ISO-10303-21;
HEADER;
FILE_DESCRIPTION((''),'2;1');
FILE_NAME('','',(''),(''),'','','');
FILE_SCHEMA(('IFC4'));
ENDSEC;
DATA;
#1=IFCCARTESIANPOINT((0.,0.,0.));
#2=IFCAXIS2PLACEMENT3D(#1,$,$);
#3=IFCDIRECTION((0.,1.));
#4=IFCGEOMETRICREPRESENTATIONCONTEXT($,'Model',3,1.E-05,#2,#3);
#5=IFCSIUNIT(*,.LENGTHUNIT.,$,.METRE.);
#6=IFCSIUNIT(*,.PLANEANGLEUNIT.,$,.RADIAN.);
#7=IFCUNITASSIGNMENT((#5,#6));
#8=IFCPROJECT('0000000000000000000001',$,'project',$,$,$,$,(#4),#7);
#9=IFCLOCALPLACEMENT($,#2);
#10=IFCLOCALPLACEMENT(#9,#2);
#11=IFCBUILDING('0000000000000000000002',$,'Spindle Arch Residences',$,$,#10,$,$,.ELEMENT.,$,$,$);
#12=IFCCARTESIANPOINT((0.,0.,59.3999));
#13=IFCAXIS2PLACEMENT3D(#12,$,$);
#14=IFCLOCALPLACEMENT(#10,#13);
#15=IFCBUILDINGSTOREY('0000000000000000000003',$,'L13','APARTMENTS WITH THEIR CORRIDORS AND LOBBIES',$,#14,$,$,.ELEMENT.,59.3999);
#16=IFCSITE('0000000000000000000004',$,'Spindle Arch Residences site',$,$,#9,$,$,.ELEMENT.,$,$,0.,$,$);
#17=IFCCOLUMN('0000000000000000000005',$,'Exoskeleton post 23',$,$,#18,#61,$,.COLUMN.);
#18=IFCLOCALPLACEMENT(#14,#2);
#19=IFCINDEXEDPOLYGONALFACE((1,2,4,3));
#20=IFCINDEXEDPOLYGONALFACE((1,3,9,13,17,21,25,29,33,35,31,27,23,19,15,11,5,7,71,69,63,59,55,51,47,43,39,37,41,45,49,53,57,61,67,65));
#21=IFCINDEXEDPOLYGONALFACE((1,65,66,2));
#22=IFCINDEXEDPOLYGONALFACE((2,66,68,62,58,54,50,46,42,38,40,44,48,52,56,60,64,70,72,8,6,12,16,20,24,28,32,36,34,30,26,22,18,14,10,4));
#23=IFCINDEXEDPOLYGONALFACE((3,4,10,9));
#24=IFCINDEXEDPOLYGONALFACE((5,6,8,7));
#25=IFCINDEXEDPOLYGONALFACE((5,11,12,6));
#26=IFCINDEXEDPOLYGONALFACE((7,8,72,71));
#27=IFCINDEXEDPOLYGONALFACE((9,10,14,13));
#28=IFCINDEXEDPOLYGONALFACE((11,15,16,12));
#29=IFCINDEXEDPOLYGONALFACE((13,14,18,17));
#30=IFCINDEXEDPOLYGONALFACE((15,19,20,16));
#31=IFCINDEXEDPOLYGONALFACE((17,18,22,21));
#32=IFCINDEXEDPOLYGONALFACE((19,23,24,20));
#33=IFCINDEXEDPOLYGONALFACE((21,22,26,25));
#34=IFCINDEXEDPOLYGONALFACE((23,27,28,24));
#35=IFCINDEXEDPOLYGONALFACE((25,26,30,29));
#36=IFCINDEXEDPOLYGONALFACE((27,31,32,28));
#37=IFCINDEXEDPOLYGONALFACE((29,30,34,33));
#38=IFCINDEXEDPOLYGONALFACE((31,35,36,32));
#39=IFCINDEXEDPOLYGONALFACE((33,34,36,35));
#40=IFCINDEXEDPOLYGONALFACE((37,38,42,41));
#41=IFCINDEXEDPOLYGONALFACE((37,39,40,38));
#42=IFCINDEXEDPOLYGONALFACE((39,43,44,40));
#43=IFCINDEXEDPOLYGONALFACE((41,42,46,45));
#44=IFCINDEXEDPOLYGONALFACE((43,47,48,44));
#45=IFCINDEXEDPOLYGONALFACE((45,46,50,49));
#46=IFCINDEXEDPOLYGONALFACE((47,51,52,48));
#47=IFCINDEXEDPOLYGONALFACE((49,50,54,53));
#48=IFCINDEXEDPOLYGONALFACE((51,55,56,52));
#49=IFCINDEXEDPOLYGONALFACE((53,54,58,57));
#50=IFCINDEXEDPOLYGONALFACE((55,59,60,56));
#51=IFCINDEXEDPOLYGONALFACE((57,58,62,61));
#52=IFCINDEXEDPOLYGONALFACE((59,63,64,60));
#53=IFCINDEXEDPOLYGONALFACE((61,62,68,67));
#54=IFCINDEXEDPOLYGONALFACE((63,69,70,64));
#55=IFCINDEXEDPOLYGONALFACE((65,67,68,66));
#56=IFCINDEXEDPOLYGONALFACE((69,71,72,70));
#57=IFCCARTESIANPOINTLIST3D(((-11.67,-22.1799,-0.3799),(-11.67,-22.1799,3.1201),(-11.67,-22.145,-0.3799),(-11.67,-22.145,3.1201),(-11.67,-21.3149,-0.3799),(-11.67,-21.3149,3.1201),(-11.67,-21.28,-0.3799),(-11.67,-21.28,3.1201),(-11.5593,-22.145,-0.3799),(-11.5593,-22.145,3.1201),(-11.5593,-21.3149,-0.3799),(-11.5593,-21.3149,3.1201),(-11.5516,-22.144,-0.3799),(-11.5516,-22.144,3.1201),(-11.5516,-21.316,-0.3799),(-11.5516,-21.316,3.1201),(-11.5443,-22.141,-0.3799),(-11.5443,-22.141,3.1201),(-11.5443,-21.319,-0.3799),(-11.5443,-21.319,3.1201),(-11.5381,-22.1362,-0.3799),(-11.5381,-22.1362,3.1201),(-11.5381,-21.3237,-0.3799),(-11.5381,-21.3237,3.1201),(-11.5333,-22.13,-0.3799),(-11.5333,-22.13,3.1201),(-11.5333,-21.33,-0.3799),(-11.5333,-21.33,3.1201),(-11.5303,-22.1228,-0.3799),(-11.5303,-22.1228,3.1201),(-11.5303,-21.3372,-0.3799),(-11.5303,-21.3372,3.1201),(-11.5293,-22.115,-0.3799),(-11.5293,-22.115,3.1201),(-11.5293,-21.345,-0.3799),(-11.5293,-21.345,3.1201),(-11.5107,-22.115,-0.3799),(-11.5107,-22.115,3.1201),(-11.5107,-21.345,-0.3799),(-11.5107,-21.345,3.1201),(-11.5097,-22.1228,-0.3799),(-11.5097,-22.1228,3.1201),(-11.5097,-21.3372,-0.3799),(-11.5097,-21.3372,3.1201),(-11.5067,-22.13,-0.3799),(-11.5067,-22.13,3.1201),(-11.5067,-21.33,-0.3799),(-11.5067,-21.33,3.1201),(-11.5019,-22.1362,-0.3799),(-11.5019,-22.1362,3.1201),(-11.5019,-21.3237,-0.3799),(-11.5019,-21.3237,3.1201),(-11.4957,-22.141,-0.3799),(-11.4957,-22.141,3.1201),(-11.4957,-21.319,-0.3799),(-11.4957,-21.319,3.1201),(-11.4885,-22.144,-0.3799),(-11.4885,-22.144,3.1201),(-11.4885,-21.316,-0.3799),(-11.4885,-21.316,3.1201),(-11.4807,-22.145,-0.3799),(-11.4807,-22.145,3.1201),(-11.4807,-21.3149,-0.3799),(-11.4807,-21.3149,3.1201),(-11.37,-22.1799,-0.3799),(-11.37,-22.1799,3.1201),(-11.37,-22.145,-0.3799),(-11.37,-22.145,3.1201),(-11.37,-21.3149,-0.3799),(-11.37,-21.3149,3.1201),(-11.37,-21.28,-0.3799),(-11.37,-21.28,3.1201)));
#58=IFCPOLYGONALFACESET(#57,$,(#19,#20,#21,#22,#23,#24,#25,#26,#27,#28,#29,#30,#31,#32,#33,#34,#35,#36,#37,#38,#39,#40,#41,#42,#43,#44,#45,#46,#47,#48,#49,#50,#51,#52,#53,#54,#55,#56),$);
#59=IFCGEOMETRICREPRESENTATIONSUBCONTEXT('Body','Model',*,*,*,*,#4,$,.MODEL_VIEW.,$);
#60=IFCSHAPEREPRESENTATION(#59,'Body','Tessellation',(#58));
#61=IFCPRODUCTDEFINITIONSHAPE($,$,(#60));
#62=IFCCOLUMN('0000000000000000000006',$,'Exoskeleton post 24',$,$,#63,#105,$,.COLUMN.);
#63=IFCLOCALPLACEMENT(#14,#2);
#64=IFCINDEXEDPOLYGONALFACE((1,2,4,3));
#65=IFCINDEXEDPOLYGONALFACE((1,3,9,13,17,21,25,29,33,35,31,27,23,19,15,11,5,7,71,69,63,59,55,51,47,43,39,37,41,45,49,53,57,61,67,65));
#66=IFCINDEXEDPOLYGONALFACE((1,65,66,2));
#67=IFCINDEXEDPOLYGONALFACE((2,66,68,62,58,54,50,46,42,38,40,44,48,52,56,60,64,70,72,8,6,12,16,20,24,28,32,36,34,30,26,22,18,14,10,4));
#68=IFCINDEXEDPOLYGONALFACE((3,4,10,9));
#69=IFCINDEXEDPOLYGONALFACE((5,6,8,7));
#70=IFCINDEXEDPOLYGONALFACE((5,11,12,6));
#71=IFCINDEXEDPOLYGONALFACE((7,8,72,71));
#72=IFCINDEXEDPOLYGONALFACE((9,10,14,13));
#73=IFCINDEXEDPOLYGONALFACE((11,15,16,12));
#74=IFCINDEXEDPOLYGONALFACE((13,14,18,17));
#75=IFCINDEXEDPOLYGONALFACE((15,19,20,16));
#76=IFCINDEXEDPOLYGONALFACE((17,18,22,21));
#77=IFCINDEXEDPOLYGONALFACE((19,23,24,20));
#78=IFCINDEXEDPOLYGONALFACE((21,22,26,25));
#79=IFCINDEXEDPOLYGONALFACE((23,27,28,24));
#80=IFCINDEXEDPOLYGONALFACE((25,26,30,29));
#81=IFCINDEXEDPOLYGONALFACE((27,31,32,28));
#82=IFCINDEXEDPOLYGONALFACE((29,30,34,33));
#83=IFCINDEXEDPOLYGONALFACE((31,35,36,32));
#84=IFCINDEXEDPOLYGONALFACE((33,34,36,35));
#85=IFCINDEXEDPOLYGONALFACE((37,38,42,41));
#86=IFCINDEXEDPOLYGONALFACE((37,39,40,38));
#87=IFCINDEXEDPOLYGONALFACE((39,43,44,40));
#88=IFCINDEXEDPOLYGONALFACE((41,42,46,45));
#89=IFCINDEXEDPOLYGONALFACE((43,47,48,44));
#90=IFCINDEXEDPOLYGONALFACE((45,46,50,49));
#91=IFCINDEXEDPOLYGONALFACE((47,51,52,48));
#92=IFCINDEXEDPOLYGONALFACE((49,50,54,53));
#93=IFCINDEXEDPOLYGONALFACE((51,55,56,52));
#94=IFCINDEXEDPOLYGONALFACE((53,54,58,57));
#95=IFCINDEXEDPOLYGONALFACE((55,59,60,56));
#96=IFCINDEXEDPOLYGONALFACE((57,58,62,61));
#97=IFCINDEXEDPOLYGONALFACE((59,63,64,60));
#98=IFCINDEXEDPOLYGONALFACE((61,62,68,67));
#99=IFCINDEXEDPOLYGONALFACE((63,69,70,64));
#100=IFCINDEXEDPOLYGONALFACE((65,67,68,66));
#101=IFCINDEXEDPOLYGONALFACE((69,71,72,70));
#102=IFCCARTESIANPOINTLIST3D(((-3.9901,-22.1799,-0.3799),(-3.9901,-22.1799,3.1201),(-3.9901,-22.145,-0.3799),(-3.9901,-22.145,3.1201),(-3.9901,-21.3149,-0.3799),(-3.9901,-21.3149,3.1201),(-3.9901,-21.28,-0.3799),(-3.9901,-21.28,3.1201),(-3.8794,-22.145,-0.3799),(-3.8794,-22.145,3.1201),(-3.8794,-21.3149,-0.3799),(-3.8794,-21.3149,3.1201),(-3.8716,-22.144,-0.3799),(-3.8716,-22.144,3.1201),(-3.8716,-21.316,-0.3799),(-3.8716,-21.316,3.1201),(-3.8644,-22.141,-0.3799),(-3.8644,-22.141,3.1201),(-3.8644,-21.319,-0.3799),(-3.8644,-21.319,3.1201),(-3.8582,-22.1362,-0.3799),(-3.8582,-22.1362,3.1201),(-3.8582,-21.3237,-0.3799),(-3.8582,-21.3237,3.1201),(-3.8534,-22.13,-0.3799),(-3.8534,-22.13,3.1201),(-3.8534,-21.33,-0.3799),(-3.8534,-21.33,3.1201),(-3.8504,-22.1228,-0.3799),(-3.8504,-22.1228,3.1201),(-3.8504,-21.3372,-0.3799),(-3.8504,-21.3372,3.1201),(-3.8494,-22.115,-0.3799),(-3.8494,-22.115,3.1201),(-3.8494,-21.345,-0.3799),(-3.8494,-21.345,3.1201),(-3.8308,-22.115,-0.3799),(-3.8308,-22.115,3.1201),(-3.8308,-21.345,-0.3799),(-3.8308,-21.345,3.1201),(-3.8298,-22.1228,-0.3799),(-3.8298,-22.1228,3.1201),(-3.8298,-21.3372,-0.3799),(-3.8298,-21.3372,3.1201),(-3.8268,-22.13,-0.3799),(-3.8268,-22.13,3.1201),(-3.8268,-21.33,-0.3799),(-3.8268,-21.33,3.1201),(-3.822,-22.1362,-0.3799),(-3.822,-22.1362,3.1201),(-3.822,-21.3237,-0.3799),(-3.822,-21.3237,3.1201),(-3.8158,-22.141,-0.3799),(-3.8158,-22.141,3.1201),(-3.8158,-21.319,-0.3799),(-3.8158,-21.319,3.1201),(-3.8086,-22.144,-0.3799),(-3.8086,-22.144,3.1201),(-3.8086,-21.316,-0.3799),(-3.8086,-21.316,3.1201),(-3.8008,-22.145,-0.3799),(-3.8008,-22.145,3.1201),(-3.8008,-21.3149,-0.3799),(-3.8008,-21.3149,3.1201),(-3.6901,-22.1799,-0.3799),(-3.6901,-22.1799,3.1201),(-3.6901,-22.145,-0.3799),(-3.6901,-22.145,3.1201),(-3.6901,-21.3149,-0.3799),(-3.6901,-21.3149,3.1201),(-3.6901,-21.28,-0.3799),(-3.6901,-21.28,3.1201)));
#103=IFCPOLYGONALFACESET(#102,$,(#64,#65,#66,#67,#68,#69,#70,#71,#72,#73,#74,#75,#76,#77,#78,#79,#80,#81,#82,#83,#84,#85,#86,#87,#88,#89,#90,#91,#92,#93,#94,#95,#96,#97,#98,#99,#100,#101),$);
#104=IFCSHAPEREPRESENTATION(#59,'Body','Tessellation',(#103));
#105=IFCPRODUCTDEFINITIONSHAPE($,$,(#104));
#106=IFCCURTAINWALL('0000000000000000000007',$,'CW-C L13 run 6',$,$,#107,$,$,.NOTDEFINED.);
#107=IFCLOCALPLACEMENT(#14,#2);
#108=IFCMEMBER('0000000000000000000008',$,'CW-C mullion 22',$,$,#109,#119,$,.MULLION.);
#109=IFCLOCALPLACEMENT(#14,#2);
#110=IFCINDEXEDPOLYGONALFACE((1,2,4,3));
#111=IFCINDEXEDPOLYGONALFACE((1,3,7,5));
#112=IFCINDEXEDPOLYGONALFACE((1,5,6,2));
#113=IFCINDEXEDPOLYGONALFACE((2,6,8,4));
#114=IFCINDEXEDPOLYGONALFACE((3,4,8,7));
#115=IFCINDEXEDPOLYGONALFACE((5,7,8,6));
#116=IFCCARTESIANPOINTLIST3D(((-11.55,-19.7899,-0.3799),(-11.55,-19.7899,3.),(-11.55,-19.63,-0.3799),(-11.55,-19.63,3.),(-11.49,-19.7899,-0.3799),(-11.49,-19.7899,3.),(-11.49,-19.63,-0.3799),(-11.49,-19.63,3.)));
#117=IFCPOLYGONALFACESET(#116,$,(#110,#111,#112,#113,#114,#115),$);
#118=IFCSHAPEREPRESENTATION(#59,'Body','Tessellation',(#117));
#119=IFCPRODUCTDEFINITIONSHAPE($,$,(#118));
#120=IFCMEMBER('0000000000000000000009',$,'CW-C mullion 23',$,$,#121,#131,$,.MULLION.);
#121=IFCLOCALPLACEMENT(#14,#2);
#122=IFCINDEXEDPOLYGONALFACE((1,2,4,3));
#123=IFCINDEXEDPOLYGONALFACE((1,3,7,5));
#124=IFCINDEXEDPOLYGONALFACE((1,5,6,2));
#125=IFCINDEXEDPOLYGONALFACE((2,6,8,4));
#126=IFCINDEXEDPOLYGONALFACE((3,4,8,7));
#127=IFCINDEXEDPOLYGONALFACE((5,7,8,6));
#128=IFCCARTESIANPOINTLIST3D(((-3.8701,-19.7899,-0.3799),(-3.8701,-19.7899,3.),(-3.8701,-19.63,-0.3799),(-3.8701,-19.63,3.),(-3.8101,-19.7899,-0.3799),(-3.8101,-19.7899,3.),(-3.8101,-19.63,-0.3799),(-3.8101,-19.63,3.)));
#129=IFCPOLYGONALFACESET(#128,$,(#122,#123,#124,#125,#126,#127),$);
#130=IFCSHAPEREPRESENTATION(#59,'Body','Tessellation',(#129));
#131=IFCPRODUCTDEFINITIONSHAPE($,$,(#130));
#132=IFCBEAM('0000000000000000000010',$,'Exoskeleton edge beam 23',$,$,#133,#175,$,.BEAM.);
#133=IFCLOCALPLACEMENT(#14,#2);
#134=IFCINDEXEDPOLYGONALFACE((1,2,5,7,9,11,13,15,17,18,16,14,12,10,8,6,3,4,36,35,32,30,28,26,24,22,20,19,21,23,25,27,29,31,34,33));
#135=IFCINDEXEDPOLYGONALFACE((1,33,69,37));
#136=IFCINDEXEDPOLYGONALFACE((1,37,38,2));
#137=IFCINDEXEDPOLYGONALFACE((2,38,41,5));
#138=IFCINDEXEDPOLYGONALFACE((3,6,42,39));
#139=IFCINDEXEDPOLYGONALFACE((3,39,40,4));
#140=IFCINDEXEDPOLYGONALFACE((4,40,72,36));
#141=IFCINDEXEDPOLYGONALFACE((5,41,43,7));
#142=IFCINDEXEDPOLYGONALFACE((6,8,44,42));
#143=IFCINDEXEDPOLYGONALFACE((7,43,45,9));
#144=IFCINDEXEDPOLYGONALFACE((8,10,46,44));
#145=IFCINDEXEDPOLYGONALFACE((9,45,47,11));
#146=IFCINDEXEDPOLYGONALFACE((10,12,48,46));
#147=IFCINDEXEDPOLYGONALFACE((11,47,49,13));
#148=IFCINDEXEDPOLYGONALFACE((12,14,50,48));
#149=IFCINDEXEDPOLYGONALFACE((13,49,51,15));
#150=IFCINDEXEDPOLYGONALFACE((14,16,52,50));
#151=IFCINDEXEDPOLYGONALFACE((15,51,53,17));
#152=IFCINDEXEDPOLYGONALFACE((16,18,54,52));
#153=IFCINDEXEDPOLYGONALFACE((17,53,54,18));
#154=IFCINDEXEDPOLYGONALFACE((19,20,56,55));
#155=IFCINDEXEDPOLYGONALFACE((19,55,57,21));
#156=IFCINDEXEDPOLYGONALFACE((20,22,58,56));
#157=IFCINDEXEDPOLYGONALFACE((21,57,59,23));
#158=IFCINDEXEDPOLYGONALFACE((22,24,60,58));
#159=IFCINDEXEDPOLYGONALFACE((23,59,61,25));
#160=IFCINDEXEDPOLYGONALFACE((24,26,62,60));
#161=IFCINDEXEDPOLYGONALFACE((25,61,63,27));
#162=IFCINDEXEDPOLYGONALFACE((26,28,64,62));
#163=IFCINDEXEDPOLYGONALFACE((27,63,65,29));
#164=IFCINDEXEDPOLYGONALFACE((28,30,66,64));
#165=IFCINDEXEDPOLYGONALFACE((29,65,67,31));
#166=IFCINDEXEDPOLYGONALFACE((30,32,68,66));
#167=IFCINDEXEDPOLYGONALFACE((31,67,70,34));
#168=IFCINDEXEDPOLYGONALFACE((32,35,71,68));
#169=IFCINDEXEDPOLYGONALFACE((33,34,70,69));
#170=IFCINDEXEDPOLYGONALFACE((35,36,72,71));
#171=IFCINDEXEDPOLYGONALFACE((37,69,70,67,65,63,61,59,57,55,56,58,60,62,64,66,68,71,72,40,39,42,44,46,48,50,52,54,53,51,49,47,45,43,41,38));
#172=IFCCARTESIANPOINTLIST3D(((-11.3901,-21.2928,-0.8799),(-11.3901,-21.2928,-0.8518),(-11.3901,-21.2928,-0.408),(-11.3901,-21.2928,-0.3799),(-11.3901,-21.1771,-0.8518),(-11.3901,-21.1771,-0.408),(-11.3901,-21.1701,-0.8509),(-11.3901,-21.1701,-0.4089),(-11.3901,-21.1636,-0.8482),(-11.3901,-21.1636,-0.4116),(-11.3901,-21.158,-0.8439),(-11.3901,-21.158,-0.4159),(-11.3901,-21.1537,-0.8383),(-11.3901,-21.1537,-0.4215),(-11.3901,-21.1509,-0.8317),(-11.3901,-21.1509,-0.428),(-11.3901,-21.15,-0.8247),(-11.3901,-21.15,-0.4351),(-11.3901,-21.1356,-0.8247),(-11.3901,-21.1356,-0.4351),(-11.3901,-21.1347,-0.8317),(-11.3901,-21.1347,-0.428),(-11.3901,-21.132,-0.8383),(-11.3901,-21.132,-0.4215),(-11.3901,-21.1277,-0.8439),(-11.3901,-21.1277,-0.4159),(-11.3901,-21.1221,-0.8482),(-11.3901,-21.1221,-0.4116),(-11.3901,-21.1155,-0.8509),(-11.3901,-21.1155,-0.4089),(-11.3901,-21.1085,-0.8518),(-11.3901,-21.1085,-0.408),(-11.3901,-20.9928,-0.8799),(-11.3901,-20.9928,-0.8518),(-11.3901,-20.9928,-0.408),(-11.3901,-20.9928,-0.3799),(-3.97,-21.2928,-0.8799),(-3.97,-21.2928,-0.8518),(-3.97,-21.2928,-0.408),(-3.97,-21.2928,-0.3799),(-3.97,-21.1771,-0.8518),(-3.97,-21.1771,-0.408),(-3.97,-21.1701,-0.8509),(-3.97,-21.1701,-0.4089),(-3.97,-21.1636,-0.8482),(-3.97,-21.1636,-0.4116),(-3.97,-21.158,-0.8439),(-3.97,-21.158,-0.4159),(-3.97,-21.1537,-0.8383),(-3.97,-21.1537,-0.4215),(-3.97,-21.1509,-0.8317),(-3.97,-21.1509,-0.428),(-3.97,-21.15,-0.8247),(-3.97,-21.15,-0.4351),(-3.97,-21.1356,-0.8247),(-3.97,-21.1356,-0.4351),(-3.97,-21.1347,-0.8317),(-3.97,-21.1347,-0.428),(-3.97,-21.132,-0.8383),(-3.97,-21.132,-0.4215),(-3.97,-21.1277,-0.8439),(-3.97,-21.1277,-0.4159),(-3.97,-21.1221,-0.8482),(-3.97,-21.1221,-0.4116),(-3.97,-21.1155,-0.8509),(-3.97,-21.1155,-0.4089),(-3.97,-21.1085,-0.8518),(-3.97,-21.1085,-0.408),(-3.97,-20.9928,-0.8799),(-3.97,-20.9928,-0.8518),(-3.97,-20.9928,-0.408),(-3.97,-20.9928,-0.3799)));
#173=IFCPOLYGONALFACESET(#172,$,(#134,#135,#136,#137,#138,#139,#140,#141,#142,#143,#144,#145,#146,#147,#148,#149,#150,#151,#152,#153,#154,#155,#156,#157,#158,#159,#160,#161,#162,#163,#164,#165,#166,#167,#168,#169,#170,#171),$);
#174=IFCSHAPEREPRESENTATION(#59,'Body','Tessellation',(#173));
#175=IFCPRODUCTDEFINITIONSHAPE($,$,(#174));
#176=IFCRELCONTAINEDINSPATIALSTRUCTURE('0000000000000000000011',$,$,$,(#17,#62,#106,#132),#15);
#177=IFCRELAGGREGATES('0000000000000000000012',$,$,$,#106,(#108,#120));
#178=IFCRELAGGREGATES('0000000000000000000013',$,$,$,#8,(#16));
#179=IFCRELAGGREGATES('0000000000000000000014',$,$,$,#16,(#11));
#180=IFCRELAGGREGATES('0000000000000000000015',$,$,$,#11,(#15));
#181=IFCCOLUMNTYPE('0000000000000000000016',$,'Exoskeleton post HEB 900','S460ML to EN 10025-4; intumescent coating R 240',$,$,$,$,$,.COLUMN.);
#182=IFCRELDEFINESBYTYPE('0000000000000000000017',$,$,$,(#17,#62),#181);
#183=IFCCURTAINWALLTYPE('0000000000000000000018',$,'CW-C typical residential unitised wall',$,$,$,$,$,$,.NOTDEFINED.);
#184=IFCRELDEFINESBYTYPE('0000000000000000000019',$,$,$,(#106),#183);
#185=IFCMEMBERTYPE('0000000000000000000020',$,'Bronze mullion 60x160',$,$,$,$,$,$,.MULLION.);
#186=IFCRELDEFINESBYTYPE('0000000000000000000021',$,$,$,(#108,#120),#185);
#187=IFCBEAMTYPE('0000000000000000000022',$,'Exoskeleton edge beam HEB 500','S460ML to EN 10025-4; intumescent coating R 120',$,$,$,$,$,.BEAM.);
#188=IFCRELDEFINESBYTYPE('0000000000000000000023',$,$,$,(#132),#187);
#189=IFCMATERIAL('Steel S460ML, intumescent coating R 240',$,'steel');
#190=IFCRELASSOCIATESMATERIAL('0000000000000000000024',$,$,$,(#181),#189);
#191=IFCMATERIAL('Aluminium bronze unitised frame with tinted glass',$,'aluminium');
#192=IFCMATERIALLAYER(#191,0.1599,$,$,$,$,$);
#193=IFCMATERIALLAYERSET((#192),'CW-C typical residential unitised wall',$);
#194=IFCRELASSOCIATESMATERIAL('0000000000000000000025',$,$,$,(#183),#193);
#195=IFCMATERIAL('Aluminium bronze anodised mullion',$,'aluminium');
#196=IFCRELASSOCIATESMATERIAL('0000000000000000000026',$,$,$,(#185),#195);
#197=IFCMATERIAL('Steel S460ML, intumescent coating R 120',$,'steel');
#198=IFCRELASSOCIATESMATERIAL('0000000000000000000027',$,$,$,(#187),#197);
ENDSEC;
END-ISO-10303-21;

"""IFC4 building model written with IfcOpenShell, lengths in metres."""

from ifc_helpers import new_model, si_unit, direction, frame, origin, origin_2d, place, context, subcontext, project, spatial, rectangle, i_section, extrude, material, layer, layer_set, material_profile, profile_set, type_object, element, aggregate, save


model = new_model("IFC4")

# Units and contexts
model_context = context("Model", 3, precision=1e-05, world=origin(), true_north=direction((0.0, 1.0)))
body_context = subcontext(model_context, "Body", "Model", "MODEL_VIEW")
ifc_project = project(units=[si_unit("LENGTHUNIT", "METRE"), si_unit("PLANEANGLEUNIT", "RADIAN")], contexts=[model_context])

# Site, building, storey
site_placement = place(None, origin())
site = spatial("IfcSite", under=ifc_project, at=site_placement, Name="Spindle Arch Residences site", CompositionType="ELEMENT", RefElevation=0.0)
building_placement = place(site_placement, origin())
building = spatial("IfcBuilding", under=site, at=building_placement, Name="Spindle Arch Residences", CompositionType="ELEMENT")
storey_placement = place(building_placement, frame((0.0, 0.0, 59.3999)))
storey = spatial("IfcBuildingStorey", under=building, at=storey_placement, Name="L13", Description="APARTMENTS WITH THEIR CORRIDORS AND LOBBIES", CompositionType="ELEMENT", Elevation=59.3999)

# Columns
ifc_material_1 = material(Name="Steel S460ML, intumescent coating R 240", Category="steel")
ifc_material_profile_1 = material_profile(ifc_material_1, i_section(OverallWidth=0.3, OverallDepth=0.8999, WebThickness=0.0186, FlangeThickness=0.0349, FilletRadius=0.03, at=origin_2d()), Name="HEB 900")
ifc_profile_set_1 = profile_set([ifc_material_profile_1], Name="Steel S460ML, intumescent coating R 240")
column_type = type_object("IfcColumnType", Name="Exoskeleton post HEB 900", Description="S460ML to EN 10025-4; intumescent coating R 240", PredefinedType="COLUMN", material=ifc_profile_set_1)
for number, where, z_axis, x_axis, name in (
    (1, (-11.52, -21.73, -0.3799), (0.0, 0.0, 1.0), (-1.0, 0.0, 0.0), "Exoskeleton post 23"),
    (2, (-3.8401, -21.73, -0.3799), (0.0, 0.0, 1.0), (-1.0, 0.0, 0.0), "Exoskeleton post 24"),
):
    element("IfcColumn", number, at=place(storey_placement, frame(where, z_axis=z_axis, x_axis=x_axis)), inside=storey, type_object=column_type, Name=name, PredefinedType="COLUMN", context=body_context, shape_type="SweptSolid", body=[
        extrude(i_section(OverallWidth=0.3, OverallDepth=0.8999, WebThickness=0.0186, FlangeThickness=0.0349, FilletRadius=0.03, at=origin_2d()), origin(), (0.0, 0.0, 1.0), 3.5),
    ])

# Curtain wall, members
ifc_material_2 = material(Name="Aluminium bronze unitised frame with tinted glass", Category="aluminium")
ifc_layer_1 = layer(ifc_material_2, 0.1599)
ifc_layer_set_1 = layer_set([ifc_layer_1], Name="CW-C typical residential unitised wall")
curtain_wall_type = type_object("IfcCurtainWallType", Name="CW-C typical residential unitised wall", PredefinedType="NOTDEFINED", material=ifc_layer_set_1)
curtain_wall_placement = place(storey_placement, origin())
curtain_wall = element("IfcCurtainWall", 3, at=curtain_wall_placement, inside=storey, type_object=curtain_wall_type, Name="CW-C L13 run 6", PredefinedType="NOTDEFINED")
ifc_material_3 = material(Name="Aluminium bronze anodised mullion", Category="aluminium")
ifc_material_profile_2 = material_profile(ifc_material_3, rectangle(XDim=0.1599, YDim=0.0601, at=origin_2d()), Name="MU 60x160")
ifc_profile_set_2 = profile_set([ifc_material_profile_2], Name="Aluminium bronze anodised mullion")
member_type = type_object("IfcMemberType", Name="Bronze mullion 60x160", PredefinedType="MULLION", material=ifc_profile_set_2)
member_1_placement = place(storey_placement, frame((-11.52, -19.71, -0.3799), z_axis=(0.0, 0.0, 1.0), x_axis=(0.0, 1.0, 0.0)))
member_1 = element("IfcMember", 4, at=member_1_placement, type_object=member_type, Name="CW-C mullion 22", PredefinedType="MULLION", context=body_context, shape_type="SweptSolid", body=[
    extrude(rectangle(XDim=0.1599, YDim=0.0601, at=origin_2d()), origin(), (0.0, 0.0, 1.0), 3.3799),
])
member_2_placement = place(storey_placement, frame((-3.8401, -19.71, -0.3799), z_axis=(0.0, 0.0, 1.0), x_axis=(0.0, 1.0, 0.0)))
member_2 = element("IfcMember", 5, at=member_2_placement, type_object=member_type, Name="CW-C mullion 23", PredefinedType="MULLION", context=body_context, shape_type="SweptSolid", body=[
    extrude(rectangle(XDim=0.1599, YDim=0.0601, at=origin_2d()), origin(), (0.0, 0.0, 1.0), 3.3799),
])

# Beam
ifc_material_4 = material(Name="Steel S460ML, intumescent coating R 120", Category="steel")
ifc_material_profile_3 = material_profile(ifc_material_4, i_section(OverallWidth=0.3, OverallDepth=0.5, WebThickness=0.0144, FlangeThickness=0.0281, FilletRadius=0.0271, at=origin_2d()), Name="HEB 500")
ifc_profile_set_3 = profile_set([ifc_material_profile_3], Name="Steel S460ML, intumescent coating R 120")
beam_type_1 = type_object("IfcBeamType", Name="Exoskeleton edge beam HEB 500", Description="S460ML to EN 10025-4; intumescent coating R 120", PredefinedType="BEAM", material=ifc_profile_set_3)
beam_1_placement = place(storey_placement, frame((-11.3901, -21.1428, -0.6299), z_axis=(1.0, 0.0, 0.0), x_axis=(0.0, 1.0, 0.0)))
element("IfcBeam", 6, at=beam_1_placement, inside=storey, type_object=beam_type_1, Name="Exoskeleton edge beam 23", PredefinedType="BEAM", context=body_context, shape_type="SweptSolid", body=[
    extrude(i_section(OverallWidth=0.3, OverallDepth=0.5, WebThickness=0.0144, FlangeThickness=0.0281, FilletRadius=0.0271, at=origin_2d()), origin(), (0.0, 0.0, 1.0), 7.4202),
])

aggregate(curtain_wall, [member_1, member_2])

save(model, "model.ifc")
